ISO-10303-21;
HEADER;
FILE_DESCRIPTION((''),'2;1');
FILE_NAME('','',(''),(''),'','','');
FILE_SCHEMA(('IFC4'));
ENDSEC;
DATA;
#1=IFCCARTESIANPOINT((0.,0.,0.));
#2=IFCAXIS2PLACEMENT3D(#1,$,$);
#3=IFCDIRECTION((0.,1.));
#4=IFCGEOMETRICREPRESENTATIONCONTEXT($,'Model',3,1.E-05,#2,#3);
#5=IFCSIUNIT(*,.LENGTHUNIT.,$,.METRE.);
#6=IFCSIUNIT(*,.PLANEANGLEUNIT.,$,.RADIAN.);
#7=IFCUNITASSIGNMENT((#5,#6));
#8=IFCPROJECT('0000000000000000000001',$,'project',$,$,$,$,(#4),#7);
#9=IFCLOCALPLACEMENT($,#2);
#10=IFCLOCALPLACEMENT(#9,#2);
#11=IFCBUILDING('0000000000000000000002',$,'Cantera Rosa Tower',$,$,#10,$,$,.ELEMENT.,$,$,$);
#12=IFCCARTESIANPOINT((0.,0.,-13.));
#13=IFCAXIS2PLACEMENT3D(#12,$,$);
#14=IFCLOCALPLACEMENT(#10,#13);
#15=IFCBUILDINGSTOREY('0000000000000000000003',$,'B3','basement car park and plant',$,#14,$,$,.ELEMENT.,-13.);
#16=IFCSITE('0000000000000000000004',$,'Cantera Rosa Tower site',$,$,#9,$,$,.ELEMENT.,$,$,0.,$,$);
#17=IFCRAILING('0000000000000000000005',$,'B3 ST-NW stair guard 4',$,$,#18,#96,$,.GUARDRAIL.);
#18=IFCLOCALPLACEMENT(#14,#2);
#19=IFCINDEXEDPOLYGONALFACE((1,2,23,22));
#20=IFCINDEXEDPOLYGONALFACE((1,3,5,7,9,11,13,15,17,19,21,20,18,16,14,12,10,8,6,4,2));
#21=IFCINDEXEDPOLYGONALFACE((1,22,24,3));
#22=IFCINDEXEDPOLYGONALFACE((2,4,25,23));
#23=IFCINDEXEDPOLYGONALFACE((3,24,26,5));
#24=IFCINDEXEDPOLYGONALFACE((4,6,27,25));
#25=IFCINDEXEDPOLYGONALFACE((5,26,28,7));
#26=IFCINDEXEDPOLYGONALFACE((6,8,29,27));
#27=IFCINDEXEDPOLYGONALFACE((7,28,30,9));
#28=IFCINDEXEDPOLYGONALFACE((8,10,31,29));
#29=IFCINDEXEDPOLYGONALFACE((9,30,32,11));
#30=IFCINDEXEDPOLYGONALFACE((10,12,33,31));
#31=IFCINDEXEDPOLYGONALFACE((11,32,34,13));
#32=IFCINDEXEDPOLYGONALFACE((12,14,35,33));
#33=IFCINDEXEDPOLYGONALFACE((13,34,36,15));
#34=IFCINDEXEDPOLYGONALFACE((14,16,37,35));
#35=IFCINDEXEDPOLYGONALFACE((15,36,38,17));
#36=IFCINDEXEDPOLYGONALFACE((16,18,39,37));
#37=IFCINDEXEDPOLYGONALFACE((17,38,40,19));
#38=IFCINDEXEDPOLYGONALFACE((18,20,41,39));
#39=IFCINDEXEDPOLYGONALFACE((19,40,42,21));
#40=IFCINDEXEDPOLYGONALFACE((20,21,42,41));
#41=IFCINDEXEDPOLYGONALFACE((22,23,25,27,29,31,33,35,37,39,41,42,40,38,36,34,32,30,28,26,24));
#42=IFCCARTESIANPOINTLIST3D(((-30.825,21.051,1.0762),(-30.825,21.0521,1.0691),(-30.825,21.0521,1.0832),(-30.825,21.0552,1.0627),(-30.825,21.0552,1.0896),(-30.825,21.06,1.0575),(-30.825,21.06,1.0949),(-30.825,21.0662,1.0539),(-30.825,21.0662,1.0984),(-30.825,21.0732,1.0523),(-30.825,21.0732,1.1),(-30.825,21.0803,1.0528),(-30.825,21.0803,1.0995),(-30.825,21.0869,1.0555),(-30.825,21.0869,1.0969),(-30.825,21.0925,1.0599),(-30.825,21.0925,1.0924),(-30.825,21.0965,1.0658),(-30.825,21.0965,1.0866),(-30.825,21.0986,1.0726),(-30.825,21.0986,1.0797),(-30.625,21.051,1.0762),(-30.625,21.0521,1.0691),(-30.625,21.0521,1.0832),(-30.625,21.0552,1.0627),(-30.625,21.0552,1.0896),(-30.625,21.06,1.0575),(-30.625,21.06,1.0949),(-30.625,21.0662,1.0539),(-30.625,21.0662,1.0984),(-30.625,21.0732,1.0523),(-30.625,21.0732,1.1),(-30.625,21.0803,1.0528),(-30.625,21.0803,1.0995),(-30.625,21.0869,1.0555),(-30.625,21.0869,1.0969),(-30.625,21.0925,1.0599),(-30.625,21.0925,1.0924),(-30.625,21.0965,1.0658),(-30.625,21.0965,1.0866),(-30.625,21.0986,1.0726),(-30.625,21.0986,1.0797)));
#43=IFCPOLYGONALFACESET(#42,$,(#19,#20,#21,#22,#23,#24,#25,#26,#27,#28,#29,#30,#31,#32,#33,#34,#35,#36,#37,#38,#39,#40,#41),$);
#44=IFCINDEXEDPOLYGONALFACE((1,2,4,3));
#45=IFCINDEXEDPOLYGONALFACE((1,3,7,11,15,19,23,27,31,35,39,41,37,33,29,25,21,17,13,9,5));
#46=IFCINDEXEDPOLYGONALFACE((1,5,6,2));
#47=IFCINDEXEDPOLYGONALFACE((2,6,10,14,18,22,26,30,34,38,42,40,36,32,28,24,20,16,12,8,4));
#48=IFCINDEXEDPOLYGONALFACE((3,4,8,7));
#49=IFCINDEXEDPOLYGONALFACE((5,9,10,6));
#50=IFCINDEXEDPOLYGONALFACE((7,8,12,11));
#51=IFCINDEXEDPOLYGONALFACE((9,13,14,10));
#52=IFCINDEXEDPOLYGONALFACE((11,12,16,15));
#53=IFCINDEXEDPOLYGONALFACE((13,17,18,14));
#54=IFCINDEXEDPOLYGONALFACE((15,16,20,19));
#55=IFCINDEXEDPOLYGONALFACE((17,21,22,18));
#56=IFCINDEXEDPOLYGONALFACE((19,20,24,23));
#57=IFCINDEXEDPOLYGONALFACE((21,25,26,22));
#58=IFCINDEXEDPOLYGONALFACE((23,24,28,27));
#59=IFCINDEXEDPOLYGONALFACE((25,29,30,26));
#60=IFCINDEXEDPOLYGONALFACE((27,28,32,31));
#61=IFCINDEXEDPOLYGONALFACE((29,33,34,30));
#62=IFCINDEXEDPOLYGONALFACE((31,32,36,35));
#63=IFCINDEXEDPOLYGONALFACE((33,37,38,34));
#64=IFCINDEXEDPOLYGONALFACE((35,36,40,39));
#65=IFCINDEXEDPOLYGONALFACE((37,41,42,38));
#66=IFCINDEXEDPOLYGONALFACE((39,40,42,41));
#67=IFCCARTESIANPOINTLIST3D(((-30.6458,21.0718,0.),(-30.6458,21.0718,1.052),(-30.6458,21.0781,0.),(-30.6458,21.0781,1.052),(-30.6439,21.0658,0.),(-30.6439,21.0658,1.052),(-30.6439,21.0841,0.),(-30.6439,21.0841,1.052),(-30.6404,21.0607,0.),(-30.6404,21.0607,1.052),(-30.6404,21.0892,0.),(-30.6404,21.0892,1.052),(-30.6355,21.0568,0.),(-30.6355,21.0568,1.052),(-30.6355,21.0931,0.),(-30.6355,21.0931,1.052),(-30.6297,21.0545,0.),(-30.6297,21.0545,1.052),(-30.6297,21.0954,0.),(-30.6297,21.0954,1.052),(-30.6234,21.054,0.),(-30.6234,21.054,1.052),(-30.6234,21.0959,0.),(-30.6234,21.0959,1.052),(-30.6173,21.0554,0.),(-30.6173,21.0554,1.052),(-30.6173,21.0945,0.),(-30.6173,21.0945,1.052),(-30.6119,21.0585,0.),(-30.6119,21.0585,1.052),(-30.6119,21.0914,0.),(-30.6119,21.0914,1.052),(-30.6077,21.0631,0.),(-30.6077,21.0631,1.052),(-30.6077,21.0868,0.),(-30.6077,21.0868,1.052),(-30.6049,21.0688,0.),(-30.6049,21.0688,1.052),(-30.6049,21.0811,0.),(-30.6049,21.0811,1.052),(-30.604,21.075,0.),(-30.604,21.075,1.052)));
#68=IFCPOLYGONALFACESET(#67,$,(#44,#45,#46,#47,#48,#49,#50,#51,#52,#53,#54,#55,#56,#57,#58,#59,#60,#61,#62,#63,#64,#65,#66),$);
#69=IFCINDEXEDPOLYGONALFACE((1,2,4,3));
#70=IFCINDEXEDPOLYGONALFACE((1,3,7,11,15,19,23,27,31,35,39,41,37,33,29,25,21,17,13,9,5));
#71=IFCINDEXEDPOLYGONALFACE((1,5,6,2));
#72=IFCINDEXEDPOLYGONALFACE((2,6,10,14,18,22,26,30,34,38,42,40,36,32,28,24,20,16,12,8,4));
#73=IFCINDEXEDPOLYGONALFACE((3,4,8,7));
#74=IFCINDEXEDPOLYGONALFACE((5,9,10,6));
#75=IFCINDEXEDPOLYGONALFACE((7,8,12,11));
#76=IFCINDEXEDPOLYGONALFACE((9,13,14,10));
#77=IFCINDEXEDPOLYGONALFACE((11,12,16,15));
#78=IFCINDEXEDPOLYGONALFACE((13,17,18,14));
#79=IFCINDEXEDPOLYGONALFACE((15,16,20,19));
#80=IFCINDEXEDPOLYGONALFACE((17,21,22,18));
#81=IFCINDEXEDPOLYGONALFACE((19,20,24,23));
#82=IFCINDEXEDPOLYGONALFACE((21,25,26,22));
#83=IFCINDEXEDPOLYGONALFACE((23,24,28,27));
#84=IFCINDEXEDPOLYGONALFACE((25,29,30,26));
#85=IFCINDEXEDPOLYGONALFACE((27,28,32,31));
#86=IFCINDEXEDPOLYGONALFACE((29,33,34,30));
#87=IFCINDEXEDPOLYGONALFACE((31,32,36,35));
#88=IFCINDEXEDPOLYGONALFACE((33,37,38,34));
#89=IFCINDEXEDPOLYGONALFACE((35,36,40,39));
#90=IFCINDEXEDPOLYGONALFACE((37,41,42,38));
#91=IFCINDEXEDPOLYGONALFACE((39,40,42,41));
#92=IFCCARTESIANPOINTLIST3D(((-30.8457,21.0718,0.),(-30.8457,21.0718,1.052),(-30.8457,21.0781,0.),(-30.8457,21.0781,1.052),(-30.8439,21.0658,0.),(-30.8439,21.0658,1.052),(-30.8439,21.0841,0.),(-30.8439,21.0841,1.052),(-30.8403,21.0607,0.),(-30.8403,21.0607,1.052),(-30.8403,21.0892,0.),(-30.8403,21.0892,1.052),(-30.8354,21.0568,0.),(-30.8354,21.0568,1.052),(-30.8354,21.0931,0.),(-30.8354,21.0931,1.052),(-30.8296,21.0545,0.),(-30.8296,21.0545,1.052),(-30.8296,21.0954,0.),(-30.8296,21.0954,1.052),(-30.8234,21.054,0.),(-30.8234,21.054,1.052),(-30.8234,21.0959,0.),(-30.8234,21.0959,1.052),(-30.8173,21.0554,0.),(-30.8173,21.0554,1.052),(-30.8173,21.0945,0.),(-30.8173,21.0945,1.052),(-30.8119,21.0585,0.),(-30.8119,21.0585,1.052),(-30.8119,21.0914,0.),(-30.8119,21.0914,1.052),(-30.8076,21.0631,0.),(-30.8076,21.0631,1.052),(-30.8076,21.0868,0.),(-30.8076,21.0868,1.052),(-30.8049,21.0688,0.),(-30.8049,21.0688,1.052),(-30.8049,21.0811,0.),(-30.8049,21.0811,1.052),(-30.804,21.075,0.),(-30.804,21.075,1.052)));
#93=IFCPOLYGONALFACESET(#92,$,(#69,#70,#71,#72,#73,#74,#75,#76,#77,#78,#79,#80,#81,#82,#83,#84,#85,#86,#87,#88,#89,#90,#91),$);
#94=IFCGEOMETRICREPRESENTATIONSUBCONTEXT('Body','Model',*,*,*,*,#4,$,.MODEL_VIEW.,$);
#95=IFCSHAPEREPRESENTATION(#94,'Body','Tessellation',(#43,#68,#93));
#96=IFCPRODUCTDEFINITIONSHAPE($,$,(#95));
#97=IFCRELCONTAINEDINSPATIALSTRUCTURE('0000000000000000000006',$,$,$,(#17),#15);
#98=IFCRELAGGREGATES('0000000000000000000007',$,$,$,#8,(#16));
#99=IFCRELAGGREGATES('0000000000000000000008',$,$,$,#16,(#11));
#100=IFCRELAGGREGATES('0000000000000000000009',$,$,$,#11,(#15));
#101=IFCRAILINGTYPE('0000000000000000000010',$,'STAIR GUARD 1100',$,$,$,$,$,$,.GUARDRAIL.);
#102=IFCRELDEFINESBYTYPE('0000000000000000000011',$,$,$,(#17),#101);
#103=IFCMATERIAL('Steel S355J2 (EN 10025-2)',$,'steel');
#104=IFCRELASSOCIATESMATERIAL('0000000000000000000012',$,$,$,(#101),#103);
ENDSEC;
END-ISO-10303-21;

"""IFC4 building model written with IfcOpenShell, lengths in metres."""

from ifc_helpers import new_model, si_unit, direction, frame, origin, origin_2d, place, context, subcontext, project, spatial, circle, extrude, material, type_object, element, save


model = new_model("IFC4")

# Units and contexts
model_context = context("Model", 3, precision=1e-05, world=origin(), true_north=direction((0.0, 1.0)))
body_context = subcontext(model_context, "Body", "Model", "MODEL_VIEW")
ifc_project = project(units=[si_unit("LENGTHUNIT", "METRE"), si_unit("PLANEANGLEUNIT", "RADIAN")], contexts=[model_context])

# Site, building, storey
site_placement = place(None, origin())
site = spatial("IfcSite", under=ifc_project, at=site_placement, Name="Cantera Rosa Tower site", CompositionType="ELEMENT", RefElevation=0.0)
building_placement = place(site_placement, origin())
building = spatial("IfcBuilding", under=site, at=building_placement, Name="Cantera Rosa Tower", CompositionType="ELEMENT")
storey_placement = place(building_placement, frame((0.0, 0.0, -13.0)))
storey = spatial("IfcBuildingStorey", under=building, at=storey_placement, Name="B3", Description="basement car park and plant", CompositionType="ELEMENT", Elevation=-13.0)

# Railing
ifc_material_1 = material(Name="Steel S355J2 (EN 10025-2)", Category="steel")
railing_type_1 = type_object("IfcRailingType", Name="STAIR GUARD 1100", PredefinedType="GUARDRAIL", material=ifc_material_1)
railing_1_placement = place(storey_placement, frame((-30.625, 21.075, 0.0)))
element("IfcRailing", 1, at=railing_1_placement, inside=storey, type_object=railing_type_1, Name="B3 ST-NW stair guard 4", PredefinedType="GUARDRAIL", context=body_context, shape_type="SweptSolid", body=[
    extrude(circle(Radius=0.0239, at=origin_2d()), frame((0.0, 0.0, 1.0762), z_axis=(-1.0, 0.0, 0.0), x_axis=(0.0, -1.0, 0.0)), (0.0, 0.0, 1.0), 0.2),
    extrude(circle(Radius=0.021, at=origin_2d()), origin(), (0.0, 0.0, 1.0), 1.052),
    extrude(circle(Radius=0.021, at=origin_2d()), frame((-0.2, 0.0, 0.0)), (0.0, 0.0, 1.0), 1.052),
])

save(model, "model.ifc")
